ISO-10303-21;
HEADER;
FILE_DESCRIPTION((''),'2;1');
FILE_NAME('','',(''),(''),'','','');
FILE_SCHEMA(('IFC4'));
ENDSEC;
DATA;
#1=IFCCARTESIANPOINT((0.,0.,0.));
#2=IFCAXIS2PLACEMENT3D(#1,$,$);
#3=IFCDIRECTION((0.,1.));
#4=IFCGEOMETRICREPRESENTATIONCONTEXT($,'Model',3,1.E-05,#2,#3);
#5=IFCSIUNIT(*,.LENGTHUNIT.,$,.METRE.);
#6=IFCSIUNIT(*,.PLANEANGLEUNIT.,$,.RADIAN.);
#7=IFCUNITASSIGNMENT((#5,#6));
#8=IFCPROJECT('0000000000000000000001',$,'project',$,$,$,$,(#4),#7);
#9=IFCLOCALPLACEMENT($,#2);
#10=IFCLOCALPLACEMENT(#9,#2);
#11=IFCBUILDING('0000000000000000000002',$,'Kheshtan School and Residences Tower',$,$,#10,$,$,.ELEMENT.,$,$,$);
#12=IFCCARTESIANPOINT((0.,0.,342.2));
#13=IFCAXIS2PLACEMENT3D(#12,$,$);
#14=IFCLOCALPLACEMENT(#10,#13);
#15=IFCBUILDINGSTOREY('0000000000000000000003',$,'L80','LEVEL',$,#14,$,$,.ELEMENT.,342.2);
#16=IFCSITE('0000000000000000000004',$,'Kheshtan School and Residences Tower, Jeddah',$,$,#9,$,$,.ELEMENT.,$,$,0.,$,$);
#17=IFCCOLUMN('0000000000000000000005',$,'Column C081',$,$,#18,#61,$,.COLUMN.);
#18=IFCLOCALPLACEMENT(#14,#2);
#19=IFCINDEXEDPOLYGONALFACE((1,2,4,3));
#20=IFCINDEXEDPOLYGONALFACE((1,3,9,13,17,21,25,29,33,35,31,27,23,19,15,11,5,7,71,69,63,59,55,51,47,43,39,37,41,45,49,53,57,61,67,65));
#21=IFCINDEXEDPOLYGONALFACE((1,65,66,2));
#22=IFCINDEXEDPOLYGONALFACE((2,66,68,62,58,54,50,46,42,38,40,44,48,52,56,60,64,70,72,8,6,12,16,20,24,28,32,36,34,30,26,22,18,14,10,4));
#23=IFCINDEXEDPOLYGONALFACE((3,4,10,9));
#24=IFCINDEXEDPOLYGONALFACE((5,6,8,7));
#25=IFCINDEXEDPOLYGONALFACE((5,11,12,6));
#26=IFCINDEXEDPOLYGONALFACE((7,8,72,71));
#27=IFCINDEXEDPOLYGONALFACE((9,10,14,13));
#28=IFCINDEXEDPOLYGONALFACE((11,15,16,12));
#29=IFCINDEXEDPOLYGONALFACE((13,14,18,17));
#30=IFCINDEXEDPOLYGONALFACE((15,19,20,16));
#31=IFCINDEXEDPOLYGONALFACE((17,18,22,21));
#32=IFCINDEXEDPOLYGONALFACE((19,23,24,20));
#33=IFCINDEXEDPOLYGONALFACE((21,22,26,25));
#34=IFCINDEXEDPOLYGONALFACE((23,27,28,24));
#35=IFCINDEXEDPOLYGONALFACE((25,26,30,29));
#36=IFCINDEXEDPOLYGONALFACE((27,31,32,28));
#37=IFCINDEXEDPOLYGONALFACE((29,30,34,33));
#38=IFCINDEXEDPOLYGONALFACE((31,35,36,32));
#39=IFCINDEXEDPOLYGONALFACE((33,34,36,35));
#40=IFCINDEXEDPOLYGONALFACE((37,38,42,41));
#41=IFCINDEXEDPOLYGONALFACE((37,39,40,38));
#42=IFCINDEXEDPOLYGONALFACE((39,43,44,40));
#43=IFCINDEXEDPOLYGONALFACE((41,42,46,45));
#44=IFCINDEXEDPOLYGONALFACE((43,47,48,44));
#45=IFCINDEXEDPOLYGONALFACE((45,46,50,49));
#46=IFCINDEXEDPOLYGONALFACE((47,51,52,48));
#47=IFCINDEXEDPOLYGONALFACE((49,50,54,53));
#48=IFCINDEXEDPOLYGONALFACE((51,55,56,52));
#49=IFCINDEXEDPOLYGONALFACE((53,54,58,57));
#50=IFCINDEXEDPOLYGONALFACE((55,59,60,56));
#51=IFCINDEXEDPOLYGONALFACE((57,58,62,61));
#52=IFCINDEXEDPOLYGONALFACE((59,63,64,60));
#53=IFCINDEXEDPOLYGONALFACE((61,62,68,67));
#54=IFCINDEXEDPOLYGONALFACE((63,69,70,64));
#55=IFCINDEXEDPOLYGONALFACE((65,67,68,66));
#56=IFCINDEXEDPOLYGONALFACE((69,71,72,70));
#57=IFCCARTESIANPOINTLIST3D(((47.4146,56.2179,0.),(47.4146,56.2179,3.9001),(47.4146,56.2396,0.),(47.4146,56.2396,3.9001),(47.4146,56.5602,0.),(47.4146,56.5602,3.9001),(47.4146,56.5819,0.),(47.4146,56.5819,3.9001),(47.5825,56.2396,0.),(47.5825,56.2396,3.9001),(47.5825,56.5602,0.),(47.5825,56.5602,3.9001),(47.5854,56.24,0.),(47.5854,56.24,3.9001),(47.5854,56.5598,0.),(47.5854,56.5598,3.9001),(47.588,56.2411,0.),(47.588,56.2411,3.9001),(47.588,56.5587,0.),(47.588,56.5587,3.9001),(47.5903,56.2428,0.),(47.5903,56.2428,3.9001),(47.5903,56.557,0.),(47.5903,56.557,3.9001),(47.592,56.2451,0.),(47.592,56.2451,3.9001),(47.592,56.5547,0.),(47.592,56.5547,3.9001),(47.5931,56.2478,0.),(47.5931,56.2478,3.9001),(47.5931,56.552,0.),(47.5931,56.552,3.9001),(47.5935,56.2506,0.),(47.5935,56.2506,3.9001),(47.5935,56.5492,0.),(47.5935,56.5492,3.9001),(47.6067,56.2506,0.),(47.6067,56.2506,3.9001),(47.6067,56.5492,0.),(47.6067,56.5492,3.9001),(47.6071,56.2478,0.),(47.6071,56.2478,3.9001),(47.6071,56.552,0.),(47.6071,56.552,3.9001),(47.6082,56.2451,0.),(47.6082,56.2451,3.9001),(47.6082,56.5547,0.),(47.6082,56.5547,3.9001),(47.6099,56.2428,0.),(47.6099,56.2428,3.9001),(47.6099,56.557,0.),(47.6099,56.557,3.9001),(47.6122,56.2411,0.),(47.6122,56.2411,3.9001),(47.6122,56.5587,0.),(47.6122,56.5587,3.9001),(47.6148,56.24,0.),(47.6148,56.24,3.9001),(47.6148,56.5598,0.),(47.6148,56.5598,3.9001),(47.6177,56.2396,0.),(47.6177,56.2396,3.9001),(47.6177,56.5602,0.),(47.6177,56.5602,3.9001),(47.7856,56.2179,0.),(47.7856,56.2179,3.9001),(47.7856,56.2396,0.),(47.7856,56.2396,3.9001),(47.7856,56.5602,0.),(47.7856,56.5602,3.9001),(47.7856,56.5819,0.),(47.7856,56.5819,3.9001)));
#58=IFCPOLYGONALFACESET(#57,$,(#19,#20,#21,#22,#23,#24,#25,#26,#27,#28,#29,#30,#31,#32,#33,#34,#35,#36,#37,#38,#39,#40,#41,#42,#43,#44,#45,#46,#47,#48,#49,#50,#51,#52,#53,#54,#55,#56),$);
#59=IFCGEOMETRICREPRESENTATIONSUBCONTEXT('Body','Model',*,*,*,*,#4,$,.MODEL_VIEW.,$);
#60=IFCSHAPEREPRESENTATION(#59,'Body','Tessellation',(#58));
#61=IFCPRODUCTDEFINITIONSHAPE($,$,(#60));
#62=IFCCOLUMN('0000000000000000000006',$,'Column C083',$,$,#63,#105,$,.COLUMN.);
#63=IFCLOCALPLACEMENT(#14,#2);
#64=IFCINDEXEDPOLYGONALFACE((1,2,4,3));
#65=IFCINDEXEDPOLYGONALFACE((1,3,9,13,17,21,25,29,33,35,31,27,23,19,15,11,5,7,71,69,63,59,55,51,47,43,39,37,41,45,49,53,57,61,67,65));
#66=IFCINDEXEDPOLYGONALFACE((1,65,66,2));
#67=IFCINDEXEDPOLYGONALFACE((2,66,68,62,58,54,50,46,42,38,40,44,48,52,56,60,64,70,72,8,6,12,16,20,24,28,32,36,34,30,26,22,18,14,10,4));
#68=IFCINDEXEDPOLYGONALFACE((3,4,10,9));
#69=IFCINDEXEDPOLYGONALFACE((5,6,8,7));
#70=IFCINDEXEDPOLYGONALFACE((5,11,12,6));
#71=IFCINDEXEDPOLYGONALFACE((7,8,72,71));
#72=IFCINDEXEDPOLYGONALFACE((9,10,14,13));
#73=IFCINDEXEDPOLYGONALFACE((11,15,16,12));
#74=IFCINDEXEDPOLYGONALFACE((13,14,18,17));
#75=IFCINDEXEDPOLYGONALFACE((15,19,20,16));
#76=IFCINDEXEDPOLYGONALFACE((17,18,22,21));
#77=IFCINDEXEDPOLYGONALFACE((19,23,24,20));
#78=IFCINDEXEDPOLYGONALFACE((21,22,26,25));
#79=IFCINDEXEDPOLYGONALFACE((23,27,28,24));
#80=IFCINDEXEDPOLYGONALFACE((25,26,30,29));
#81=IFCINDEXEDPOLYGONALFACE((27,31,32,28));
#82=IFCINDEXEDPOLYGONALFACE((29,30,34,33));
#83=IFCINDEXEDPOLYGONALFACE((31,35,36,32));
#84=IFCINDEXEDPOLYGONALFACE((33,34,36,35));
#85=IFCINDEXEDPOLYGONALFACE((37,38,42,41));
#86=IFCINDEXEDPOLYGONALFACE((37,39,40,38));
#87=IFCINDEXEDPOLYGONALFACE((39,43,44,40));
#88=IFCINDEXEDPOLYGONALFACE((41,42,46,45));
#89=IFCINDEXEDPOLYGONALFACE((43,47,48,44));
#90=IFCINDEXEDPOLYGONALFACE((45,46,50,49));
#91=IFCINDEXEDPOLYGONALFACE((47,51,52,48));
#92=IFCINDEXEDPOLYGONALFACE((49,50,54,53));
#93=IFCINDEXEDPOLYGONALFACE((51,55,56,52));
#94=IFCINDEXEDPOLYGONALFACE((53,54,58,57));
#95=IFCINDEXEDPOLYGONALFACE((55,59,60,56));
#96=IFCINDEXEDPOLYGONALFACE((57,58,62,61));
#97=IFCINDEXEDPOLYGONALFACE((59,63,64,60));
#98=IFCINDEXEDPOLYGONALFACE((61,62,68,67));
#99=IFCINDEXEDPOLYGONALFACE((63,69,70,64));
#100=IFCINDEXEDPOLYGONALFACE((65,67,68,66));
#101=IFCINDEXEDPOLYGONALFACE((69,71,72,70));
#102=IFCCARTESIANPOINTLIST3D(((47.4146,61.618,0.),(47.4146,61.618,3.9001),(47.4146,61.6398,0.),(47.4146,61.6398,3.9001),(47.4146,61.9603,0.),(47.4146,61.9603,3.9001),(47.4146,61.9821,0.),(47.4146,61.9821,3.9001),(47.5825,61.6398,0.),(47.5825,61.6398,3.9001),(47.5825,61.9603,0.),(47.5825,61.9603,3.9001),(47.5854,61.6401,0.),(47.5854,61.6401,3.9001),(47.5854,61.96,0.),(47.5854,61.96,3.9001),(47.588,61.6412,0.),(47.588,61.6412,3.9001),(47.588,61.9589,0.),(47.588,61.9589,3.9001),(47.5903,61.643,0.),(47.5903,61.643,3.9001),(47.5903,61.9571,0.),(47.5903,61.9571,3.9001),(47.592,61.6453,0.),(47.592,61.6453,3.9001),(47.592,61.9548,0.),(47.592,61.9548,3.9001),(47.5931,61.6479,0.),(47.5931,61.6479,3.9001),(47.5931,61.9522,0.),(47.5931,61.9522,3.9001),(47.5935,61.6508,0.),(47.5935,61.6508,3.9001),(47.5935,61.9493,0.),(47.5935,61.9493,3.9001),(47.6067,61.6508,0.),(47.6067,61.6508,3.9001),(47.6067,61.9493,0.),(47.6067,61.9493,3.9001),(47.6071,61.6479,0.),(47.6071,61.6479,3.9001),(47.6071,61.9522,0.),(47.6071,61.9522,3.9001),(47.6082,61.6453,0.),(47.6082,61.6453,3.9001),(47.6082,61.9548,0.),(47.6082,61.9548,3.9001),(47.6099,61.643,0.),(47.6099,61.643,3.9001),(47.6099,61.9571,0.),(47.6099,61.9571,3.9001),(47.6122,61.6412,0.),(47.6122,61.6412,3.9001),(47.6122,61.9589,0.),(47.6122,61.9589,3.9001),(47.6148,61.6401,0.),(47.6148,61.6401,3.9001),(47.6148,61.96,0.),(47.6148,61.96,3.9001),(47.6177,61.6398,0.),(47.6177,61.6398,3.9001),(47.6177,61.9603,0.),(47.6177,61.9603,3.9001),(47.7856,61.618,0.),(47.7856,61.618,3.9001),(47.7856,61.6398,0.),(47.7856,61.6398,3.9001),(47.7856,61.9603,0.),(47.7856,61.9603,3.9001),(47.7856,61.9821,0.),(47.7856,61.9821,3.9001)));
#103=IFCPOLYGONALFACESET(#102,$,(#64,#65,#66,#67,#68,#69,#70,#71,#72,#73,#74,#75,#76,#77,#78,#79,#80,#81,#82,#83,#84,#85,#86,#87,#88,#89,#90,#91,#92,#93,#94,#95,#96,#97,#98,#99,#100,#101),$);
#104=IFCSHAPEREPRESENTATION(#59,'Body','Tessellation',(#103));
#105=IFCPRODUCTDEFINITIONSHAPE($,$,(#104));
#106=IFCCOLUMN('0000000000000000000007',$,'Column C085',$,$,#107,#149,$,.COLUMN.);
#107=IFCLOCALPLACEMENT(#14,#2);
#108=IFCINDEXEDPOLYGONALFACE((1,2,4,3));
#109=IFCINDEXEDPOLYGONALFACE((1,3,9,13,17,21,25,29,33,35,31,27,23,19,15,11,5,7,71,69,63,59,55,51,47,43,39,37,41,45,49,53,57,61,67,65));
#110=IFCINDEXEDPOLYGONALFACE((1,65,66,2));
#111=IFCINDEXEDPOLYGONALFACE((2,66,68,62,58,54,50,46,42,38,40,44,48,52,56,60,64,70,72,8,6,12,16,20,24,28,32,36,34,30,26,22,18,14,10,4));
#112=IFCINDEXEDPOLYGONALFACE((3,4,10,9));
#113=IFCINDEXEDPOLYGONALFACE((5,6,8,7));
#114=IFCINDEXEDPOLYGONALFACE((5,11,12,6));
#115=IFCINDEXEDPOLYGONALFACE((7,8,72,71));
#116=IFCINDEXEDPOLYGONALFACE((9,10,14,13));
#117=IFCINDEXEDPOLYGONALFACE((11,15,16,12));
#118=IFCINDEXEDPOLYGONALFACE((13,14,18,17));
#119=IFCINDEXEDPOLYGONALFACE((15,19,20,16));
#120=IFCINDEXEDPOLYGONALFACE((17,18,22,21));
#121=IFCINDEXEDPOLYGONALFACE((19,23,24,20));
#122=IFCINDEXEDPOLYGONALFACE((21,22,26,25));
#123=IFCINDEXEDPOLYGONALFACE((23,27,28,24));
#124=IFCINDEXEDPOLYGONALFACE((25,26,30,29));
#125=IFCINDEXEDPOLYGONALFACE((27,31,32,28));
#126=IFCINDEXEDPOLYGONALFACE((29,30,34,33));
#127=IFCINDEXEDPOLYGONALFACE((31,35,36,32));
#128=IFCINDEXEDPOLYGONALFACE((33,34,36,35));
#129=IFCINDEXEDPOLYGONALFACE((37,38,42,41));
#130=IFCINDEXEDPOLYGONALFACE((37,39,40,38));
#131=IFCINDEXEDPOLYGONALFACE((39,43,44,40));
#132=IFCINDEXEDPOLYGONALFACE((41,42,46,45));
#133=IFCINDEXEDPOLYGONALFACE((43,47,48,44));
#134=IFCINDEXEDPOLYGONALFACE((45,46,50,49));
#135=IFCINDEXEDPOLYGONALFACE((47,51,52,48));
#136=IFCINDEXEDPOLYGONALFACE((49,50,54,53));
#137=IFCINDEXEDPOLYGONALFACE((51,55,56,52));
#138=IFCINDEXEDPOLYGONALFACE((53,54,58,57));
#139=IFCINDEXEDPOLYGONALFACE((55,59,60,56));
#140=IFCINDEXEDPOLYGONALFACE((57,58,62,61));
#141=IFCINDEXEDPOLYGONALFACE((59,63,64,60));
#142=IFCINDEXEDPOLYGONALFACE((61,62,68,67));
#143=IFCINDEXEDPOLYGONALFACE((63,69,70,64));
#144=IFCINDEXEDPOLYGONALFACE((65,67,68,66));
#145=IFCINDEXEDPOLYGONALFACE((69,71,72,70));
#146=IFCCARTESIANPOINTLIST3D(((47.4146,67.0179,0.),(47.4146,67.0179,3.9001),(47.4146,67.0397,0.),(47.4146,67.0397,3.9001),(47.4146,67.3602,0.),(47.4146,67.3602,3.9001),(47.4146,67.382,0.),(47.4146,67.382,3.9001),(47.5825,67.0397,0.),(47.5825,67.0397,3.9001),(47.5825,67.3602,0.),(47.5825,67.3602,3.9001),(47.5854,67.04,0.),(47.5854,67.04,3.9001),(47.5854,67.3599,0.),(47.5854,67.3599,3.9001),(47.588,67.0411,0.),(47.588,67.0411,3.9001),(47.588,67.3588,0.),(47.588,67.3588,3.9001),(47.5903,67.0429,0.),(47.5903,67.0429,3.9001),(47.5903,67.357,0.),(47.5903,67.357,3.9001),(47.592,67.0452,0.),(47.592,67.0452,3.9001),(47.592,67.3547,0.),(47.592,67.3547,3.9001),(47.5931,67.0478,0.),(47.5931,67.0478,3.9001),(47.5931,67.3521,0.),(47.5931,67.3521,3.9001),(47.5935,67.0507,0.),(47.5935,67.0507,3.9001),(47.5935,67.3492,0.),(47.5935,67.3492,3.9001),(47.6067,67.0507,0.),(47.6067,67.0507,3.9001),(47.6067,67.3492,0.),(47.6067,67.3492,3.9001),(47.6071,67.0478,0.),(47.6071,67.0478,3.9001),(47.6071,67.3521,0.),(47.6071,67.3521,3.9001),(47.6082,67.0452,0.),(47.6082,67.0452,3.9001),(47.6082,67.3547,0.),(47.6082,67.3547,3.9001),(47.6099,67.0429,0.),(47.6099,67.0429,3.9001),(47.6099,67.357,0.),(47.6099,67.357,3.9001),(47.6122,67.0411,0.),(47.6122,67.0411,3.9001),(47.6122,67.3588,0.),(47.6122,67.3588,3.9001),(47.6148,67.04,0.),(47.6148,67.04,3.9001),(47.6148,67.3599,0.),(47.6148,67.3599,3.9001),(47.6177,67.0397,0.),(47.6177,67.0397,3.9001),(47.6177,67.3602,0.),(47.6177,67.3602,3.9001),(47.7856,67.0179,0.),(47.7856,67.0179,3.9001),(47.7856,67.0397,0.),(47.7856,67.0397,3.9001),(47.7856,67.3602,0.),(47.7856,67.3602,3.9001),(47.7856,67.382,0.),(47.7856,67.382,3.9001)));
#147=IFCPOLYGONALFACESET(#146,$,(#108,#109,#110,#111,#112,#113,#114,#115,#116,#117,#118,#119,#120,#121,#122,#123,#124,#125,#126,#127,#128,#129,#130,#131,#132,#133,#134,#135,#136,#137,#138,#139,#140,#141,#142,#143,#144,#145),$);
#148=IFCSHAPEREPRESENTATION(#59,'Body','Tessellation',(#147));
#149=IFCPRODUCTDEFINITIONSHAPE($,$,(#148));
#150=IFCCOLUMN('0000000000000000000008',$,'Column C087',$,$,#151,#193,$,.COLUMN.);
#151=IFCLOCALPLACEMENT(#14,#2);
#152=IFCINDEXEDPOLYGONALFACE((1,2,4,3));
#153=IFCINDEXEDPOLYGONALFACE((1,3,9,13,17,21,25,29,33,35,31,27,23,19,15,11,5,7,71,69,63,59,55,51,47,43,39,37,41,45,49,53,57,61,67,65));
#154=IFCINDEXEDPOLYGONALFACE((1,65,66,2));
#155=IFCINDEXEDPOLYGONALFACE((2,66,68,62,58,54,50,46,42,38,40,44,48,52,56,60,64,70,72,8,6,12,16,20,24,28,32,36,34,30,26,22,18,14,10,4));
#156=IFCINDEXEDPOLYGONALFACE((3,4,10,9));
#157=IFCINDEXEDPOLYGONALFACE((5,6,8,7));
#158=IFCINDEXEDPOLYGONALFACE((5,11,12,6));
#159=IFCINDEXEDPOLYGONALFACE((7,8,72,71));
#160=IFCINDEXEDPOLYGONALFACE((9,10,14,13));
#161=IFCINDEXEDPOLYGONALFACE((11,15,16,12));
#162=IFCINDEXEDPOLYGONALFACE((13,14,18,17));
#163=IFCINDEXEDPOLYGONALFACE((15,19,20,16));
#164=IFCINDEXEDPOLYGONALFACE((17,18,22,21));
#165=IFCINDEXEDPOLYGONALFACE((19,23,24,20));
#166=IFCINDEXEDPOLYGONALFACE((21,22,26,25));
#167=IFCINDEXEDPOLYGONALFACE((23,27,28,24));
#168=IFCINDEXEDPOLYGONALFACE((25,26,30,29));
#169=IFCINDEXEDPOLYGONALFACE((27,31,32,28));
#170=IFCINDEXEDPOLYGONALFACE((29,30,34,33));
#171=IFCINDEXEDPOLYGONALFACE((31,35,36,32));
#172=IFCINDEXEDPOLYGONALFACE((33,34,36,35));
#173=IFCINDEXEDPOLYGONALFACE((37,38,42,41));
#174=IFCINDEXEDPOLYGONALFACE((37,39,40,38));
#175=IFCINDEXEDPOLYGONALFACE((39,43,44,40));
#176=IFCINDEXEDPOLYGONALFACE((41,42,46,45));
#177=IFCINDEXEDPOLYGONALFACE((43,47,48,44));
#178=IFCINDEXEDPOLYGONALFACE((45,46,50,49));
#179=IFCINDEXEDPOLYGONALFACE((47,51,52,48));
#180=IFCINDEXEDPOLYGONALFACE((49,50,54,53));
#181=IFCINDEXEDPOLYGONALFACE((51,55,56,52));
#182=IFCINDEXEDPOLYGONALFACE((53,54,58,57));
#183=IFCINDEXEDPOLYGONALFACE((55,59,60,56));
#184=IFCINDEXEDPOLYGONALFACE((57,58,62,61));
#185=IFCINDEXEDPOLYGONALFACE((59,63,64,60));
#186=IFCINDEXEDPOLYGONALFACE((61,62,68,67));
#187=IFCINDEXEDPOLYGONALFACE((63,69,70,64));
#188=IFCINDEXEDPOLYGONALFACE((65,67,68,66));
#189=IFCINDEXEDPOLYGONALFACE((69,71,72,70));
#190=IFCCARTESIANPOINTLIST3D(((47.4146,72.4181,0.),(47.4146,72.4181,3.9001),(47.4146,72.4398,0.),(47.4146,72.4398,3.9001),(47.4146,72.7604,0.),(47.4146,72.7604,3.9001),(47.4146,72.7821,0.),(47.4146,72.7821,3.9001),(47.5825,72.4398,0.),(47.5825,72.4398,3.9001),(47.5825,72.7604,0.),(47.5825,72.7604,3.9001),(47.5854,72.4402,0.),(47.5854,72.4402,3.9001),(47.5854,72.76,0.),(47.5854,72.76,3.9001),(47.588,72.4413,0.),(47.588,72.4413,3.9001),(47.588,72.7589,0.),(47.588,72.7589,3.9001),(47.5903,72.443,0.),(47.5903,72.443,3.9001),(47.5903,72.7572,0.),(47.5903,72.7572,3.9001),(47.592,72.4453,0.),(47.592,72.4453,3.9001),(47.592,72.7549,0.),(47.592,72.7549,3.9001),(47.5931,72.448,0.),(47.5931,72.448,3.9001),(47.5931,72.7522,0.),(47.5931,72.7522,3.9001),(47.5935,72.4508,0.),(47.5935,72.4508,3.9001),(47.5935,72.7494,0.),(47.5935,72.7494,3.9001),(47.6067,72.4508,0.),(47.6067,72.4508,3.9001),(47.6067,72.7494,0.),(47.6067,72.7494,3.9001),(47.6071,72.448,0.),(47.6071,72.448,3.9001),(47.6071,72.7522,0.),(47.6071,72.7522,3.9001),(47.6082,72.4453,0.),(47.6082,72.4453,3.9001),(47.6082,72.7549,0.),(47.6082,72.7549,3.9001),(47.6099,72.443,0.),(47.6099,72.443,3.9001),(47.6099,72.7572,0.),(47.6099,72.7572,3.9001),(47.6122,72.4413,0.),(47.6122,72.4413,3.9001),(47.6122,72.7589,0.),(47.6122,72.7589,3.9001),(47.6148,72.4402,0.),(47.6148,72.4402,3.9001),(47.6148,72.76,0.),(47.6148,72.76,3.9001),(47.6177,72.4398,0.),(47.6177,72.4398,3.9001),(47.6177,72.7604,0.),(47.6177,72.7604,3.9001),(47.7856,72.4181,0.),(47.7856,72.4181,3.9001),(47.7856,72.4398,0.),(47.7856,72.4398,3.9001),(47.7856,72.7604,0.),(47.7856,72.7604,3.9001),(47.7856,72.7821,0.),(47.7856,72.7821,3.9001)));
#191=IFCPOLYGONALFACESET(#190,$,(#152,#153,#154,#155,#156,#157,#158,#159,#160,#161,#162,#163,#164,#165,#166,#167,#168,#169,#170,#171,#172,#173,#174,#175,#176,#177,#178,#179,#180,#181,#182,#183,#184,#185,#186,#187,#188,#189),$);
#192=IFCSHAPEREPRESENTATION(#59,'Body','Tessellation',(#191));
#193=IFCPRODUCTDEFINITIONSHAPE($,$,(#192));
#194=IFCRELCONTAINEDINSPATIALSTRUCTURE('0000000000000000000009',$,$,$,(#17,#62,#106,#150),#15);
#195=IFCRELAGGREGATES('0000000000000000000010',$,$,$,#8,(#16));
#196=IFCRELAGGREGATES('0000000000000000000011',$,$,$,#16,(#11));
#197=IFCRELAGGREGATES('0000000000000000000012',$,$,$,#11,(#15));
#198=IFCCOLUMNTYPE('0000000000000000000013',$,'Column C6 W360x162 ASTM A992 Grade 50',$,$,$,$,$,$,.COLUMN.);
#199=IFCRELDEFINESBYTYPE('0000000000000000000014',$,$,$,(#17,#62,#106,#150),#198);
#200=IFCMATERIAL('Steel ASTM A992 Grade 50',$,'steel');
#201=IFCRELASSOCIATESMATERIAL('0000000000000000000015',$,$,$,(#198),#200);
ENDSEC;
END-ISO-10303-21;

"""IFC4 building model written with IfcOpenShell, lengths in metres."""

from ifc_helpers import new_model, si_unit, direction, frame, origin, origin_2d, place, context, subcontext, project, spatial, i_section, extrude, material, material_profile, profile_set, type_object, element, save


model = new_model("IFC4")

# Units and contexts
model_context = context("Model", 3, precision=1e-05, world=origin(), true_north=direction((0.0, 1.0)))
body_context = subcontext(model_context, "Body", "Model", "MODEL_VIEW")
ifc_project = project(units=[si_unit("LENGTHUNIT", "METRE"), si_unit("PLANEANGLEUNIT", "RADIAN")], contexts=[model_context])

# Site, building, storey
site_placement = place(None, origin())
site = spatial("IfcSite", under=ifc_project, at=site_placement, Name="Kheshtan School and Residences Tower, Jeddah", CompositionType="ELEMENT", RefElevation=0.0)
building_placement = place(site_placement, origin())
building = spatial("IfcBuilding", under=site, at=building_placement, Name="Kheshtan School and Residences Tower", CompositionType="ELEMENT")
storey_placement = place(building_placement, frame((0.0, 0.0, 342.2)))
storey = spatial("IfcBuildingStorey", under=building, at=storey_placement, Name="L80", Description="LEVEL", CompositionType="ELEMENT", Elevation=342.2)

# Columns
ifc_material_1 = material(Name="Steel ASTM A992 Grade 50", Category="steel")
ifc_material_profile_1 = material_profile(ifc_material_1, i_section(OverallWidth=0.3711, OverallDepth=0.364, WebThickness=0.0132, FlangeThickness=0.0217, FilletRadius=0.011, at=origin_2d()), Name="W360x162")
ifc_profile_set_1 = profile_set([ifc_material_profile_1], Name="Steel ASTM A992 Grade 50")
column_type = type_object("IfcColumnType", Name="Column C6 W360x162 ASTM A992 Grade 50", PredefinedType="COLUMN", material=ifc_profile_set_1)
for number, where, z_axis, x_axis, name in (
    (1, (47.6001, 56.3999, 0.0), (0.0, 0.0, 1.0), (1.0, 0.0, 0.0), "Column C081"),
    (2, (47.6001, 61.8, 0.0), (0.0, 0.0, 1.0), (1.0, 0.0, 0.0), "Column C083"),
    (3, (47.6001, 67.2, 0.0), (0.0, 0.0, 1.0), (1.0, 0.0, 0.0), "Column C085"),
    (4, (47.6001, 72.6001, 0.0), (0.0, 0.0, 1.0), (1.0, 0.0, 0.0), "Column C087"),
):
    element("IfcColumn", number, at=place(storey_placement, frame(where, z_axis=z_axis, x_axis=x_axis)), inside=storey, type_object=column_type, Name=name, PredefinedType="COLUMN", context=body_context, shape_type="SweptSolid", body=[
        extrude(i_section(OverallWidth=0.3711, OverallDepth=0.364, WebThickness=0.0132, FlangeThickness=0.0217, FilletRadius=0.011, at=origin_2d()), origin(), (0.0, 0.0, 1.0), 3.9001),
    ])

save(model, "model.ifc")
